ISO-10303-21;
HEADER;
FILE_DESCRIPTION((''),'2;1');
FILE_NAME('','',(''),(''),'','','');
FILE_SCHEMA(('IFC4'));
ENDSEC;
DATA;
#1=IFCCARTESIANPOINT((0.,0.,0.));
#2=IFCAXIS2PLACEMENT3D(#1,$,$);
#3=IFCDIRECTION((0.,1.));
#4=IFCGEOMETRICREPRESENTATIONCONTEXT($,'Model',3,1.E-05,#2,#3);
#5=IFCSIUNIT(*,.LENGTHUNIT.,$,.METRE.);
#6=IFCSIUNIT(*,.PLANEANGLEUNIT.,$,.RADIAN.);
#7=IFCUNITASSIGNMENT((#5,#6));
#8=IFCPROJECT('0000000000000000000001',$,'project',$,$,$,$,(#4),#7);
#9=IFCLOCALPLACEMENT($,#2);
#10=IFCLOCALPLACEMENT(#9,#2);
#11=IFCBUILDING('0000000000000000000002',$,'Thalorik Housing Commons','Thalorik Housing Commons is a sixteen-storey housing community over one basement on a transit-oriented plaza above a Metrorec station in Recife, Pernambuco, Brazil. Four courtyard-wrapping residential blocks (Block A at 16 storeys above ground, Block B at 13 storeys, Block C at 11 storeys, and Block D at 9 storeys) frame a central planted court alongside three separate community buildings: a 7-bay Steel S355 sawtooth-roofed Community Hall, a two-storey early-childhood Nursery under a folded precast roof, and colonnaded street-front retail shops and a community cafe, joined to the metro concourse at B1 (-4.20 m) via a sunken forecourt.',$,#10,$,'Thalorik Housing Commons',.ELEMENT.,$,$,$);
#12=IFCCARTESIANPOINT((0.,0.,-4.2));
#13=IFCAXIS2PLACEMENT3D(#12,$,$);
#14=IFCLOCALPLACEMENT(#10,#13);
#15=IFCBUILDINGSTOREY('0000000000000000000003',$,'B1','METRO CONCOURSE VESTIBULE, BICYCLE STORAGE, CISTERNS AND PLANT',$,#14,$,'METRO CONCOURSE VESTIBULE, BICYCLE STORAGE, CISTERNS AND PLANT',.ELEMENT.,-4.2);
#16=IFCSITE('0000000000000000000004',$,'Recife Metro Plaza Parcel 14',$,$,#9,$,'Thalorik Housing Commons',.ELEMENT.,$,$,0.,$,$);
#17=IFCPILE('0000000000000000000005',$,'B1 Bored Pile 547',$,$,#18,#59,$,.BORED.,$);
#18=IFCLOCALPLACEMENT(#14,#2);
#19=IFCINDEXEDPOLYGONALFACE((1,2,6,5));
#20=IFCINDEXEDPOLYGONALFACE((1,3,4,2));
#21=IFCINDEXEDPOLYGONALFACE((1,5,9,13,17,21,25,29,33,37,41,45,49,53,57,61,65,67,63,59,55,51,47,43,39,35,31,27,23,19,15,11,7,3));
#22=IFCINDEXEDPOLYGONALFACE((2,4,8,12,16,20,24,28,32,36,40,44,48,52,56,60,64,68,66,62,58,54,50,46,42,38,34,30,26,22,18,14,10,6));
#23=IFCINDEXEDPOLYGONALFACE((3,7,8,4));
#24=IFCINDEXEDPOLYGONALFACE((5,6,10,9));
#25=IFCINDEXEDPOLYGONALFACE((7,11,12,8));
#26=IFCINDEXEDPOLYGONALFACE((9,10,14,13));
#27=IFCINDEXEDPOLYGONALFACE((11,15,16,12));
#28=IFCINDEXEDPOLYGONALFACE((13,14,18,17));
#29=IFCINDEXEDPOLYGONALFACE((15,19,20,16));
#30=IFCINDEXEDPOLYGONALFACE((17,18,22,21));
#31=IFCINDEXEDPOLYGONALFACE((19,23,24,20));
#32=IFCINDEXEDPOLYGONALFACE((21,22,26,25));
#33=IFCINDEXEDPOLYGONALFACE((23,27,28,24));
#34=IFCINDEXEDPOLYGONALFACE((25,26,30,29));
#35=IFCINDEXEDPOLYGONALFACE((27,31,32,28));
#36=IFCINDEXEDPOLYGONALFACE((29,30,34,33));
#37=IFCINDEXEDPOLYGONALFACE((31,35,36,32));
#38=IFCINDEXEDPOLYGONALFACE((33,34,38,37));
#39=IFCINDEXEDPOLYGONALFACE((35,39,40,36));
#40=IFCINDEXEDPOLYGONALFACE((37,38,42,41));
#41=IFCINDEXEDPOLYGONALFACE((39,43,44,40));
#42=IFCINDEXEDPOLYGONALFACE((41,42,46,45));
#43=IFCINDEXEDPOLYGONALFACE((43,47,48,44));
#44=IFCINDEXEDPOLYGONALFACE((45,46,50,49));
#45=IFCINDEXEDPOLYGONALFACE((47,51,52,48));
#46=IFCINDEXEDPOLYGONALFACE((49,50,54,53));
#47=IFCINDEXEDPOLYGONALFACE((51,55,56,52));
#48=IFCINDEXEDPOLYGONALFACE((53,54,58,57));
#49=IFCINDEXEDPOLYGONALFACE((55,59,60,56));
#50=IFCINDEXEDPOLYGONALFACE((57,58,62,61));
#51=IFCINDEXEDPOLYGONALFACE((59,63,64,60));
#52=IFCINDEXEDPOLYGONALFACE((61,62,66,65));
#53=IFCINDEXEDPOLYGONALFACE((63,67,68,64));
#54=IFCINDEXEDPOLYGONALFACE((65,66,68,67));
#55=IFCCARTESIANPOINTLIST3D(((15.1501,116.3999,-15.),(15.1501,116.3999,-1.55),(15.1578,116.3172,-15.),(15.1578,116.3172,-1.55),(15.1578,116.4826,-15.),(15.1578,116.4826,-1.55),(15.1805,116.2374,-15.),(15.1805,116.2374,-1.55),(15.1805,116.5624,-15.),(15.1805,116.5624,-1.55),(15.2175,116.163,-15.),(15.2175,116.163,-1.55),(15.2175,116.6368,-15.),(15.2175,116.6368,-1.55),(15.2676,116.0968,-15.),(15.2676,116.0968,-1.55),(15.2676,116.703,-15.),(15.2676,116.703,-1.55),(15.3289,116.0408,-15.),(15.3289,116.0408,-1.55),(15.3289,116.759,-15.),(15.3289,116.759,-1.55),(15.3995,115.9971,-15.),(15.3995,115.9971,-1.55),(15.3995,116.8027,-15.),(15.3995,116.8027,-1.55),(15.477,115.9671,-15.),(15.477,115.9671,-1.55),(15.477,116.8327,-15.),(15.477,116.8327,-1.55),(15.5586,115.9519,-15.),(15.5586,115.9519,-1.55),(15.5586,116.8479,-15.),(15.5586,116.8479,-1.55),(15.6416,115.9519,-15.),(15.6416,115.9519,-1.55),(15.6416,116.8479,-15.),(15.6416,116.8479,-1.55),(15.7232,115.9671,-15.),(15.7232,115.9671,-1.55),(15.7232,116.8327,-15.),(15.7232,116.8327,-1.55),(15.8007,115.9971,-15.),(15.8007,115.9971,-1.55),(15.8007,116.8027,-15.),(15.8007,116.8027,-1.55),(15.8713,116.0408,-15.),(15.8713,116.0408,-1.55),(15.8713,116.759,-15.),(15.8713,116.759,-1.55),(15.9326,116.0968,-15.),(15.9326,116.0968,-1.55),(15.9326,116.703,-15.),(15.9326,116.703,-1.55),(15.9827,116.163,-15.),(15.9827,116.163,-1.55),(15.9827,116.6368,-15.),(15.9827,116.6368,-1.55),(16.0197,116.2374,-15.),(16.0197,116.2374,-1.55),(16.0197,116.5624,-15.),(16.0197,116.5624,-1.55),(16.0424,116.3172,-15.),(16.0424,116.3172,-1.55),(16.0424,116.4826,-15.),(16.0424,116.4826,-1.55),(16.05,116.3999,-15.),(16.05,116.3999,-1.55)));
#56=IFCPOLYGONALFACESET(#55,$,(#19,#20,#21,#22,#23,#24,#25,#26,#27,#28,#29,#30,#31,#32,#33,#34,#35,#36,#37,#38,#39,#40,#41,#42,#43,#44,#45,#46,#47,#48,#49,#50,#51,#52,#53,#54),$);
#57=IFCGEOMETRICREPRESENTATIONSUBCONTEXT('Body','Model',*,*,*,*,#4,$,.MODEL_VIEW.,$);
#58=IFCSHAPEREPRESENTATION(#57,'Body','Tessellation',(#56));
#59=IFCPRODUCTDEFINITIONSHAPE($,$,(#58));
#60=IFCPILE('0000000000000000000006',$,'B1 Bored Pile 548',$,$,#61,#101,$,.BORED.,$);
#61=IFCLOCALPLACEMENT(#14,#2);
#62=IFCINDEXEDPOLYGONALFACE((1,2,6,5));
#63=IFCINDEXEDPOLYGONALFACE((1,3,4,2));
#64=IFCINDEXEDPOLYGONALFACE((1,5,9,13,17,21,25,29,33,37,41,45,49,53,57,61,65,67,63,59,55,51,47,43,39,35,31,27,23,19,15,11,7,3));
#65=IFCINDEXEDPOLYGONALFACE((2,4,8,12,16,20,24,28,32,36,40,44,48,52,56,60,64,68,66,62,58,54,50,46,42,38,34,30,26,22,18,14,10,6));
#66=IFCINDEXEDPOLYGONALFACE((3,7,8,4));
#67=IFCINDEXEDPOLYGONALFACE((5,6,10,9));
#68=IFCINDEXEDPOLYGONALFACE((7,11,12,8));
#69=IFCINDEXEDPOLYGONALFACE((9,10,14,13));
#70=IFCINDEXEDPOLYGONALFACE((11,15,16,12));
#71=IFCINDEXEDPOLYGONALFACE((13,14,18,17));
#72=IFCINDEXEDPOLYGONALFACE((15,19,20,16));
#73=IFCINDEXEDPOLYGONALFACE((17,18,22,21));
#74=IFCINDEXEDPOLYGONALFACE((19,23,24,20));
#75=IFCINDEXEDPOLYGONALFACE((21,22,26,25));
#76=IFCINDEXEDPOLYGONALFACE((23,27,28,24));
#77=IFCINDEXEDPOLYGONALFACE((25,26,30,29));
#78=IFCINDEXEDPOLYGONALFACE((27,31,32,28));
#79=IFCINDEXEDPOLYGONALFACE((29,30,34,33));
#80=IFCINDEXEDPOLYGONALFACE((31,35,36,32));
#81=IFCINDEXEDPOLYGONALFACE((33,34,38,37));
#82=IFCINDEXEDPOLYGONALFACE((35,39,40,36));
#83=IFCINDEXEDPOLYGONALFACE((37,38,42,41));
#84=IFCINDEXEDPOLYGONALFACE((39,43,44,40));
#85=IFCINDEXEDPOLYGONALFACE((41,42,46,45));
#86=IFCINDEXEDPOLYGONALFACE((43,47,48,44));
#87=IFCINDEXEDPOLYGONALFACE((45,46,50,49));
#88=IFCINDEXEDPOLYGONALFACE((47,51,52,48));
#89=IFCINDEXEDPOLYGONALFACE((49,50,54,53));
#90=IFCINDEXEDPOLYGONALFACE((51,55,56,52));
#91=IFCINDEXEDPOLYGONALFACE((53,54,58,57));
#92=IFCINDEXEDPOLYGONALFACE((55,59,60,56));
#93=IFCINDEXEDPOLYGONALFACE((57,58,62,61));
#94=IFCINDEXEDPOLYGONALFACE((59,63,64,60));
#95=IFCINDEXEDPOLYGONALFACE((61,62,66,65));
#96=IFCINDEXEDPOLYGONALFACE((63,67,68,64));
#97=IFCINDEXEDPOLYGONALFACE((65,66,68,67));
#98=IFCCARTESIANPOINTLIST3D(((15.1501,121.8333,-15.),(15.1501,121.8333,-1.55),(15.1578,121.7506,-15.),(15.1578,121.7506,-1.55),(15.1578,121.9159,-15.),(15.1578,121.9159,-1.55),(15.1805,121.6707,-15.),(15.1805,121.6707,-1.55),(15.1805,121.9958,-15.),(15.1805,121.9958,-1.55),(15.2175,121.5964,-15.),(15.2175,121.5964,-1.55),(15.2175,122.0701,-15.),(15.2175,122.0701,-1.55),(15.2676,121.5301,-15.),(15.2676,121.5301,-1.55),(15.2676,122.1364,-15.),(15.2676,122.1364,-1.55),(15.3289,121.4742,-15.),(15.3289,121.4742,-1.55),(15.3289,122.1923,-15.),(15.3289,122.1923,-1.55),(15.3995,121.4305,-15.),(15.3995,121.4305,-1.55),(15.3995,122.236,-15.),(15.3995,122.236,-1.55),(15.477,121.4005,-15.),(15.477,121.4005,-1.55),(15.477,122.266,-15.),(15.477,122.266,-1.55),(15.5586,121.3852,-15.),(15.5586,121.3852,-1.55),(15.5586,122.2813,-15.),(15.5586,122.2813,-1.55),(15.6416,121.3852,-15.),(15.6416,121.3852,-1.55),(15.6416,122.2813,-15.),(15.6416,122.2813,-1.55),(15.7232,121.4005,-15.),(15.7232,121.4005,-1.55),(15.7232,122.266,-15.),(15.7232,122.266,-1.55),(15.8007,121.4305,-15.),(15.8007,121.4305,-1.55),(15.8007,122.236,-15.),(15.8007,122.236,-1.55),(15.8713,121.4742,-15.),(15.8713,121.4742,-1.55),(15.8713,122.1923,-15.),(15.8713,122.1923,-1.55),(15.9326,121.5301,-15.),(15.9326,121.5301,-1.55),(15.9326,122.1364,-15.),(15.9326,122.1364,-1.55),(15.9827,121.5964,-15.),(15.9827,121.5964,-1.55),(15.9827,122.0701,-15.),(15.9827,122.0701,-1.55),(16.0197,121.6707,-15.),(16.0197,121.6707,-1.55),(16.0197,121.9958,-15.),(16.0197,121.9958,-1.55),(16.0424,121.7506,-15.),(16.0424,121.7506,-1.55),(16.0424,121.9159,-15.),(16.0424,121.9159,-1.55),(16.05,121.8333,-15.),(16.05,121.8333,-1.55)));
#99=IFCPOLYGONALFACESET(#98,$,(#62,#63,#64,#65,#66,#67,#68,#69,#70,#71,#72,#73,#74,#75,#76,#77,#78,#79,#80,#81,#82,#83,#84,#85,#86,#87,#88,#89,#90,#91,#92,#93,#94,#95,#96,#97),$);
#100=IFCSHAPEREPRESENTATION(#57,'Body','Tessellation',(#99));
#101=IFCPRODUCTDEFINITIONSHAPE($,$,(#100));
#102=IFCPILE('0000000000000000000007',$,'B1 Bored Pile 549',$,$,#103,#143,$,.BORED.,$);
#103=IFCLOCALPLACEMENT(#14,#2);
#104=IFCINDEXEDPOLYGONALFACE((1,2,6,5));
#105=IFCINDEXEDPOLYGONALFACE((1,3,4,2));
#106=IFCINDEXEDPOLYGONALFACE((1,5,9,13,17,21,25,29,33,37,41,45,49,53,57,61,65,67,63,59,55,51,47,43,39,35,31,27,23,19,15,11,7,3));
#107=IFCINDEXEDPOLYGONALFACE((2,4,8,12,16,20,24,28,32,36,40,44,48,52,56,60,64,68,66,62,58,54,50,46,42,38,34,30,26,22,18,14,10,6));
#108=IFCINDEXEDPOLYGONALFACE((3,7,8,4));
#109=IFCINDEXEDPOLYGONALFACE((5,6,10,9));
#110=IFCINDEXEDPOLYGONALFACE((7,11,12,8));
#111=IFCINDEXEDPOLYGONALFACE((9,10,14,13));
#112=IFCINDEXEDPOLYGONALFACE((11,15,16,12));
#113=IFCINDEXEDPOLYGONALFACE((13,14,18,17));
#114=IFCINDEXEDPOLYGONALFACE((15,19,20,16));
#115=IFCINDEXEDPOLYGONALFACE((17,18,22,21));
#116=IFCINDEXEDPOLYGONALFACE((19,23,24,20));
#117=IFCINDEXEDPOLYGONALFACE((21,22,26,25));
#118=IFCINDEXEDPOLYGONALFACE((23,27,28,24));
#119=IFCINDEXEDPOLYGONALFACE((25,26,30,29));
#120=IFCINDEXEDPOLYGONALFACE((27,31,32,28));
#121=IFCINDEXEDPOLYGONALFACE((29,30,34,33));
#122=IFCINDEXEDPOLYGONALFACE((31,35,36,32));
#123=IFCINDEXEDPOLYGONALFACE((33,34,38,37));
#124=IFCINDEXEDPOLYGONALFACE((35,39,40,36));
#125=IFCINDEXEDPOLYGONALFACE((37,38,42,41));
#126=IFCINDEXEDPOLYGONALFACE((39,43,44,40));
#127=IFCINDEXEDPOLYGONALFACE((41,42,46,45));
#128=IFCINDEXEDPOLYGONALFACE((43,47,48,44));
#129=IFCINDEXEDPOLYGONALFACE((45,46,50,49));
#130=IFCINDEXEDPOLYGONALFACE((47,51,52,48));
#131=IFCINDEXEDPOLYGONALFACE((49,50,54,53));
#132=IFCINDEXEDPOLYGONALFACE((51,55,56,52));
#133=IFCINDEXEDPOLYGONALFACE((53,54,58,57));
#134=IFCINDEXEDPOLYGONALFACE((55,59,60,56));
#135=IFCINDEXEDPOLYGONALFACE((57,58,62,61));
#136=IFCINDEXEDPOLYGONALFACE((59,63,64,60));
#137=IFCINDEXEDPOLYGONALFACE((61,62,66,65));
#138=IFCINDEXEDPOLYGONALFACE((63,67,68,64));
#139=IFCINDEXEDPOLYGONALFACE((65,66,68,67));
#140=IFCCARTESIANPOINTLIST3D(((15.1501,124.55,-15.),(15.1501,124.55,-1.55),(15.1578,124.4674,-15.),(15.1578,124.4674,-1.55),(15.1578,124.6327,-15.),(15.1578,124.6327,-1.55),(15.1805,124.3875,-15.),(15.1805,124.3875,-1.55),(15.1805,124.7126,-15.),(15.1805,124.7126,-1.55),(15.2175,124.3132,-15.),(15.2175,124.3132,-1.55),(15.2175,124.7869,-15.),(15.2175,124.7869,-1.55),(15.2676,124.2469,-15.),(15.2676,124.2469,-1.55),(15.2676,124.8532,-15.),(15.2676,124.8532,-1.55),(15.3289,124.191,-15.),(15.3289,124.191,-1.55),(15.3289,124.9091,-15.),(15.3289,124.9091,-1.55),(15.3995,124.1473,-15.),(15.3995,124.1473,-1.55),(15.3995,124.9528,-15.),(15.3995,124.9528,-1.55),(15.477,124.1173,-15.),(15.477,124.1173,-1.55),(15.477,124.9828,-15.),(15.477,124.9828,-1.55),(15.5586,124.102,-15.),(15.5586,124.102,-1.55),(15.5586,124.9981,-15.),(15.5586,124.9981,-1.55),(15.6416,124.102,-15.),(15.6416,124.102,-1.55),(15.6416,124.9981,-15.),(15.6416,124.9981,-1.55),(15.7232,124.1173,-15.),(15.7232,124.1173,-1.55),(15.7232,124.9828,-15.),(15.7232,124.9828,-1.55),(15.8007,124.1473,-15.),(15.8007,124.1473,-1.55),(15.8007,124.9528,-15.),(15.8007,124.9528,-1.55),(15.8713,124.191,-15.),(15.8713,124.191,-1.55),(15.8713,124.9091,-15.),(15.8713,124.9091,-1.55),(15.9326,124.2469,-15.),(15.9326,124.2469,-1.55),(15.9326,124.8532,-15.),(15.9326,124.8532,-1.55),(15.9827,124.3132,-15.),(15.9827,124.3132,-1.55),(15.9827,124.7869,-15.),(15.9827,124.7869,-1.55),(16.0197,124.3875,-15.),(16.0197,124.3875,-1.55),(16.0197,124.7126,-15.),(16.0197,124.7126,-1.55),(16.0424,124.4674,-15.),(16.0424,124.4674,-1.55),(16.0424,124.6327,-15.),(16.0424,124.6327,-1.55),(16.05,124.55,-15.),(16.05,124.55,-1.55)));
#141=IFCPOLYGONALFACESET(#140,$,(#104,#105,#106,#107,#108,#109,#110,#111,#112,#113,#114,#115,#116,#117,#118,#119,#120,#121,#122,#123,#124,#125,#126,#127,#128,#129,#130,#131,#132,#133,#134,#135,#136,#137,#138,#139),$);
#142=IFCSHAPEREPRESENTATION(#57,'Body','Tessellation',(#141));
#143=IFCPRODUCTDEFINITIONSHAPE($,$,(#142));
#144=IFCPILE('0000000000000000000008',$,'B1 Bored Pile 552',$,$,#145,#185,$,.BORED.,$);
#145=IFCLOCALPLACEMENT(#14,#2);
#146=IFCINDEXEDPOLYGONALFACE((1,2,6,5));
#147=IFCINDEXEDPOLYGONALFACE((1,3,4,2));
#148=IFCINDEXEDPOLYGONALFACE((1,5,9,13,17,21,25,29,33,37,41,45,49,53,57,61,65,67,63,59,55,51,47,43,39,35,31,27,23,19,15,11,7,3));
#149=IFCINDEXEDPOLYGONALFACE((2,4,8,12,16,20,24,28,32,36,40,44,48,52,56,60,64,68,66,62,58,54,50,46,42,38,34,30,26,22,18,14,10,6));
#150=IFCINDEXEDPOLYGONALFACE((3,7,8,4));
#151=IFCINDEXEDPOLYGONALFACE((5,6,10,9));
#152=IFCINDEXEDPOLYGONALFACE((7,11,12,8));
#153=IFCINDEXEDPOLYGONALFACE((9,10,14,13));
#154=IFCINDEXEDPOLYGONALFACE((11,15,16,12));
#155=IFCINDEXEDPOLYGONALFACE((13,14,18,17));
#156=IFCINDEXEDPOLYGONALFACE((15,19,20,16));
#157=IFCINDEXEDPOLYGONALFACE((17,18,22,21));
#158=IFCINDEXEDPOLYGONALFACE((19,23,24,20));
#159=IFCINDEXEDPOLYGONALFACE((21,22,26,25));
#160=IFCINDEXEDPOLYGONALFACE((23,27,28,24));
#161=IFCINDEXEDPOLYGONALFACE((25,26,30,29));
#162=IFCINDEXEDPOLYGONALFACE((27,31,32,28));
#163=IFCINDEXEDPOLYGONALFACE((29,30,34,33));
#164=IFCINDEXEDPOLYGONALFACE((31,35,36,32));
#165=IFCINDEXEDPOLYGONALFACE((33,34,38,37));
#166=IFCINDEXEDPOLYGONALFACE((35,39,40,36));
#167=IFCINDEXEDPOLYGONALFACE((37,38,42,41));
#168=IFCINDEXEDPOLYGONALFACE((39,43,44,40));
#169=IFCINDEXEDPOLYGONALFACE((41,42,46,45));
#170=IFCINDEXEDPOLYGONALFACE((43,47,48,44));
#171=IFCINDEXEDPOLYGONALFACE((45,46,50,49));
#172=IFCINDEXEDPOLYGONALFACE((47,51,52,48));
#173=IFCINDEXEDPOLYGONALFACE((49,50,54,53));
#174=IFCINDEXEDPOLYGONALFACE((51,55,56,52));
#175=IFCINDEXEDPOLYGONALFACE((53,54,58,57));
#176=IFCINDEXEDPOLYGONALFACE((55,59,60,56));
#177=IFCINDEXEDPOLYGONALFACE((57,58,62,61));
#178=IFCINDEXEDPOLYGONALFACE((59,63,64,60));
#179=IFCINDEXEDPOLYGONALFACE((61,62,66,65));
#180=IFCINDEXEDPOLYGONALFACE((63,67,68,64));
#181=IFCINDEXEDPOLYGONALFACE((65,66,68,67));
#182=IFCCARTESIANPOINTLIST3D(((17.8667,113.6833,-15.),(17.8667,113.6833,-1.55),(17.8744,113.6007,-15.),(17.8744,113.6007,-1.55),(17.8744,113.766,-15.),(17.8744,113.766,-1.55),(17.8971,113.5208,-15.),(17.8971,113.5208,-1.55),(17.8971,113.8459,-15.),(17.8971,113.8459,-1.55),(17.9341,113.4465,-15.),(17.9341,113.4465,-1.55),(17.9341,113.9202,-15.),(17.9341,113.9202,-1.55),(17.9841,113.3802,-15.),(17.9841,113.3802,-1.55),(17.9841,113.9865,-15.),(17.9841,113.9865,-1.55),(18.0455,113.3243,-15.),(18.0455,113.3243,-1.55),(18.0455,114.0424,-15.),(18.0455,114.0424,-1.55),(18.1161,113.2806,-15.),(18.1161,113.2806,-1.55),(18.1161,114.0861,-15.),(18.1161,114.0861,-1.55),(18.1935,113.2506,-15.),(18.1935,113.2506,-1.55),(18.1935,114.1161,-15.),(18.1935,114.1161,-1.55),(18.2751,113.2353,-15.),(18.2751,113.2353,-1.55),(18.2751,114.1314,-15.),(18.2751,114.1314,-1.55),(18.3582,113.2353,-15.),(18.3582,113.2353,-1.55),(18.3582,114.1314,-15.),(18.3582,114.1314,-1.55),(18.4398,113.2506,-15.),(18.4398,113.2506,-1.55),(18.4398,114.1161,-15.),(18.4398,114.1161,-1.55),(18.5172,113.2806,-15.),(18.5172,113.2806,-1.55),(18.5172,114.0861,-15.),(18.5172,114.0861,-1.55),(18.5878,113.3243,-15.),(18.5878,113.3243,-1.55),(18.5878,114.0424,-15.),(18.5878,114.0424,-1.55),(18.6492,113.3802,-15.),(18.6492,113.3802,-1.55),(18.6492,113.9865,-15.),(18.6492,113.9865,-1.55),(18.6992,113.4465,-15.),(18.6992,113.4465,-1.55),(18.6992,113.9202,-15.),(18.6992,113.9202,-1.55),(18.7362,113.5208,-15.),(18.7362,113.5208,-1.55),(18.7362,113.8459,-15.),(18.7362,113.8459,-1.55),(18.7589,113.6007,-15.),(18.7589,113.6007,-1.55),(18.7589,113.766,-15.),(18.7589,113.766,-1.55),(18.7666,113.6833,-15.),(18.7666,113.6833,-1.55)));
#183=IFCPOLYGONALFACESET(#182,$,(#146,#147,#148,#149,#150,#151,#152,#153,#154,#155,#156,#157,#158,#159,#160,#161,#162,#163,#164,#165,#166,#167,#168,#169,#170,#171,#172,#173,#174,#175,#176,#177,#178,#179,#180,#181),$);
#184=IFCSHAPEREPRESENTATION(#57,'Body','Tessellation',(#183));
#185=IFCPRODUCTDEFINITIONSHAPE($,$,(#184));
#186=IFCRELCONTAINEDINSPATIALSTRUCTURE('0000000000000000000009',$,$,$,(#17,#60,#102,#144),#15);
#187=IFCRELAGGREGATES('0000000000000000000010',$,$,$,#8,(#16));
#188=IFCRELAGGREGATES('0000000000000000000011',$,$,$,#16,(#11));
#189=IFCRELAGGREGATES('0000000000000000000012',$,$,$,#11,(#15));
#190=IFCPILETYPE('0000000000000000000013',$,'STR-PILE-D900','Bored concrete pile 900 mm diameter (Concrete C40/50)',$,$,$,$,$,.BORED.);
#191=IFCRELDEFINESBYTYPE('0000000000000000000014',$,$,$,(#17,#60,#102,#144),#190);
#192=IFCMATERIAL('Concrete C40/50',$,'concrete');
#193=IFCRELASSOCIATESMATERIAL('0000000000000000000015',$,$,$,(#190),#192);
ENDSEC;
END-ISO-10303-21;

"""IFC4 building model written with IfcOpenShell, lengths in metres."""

from ifc_helpers import new_model, si_unit, direction, frame, origin, origin_2d, place, context, subcontext, project, spatial, circle, extrude, material, material_profile, profile_set, type_object, element, save


model = new_model("IFC4")

# Units and contexts
model_context = context("Model", 3, precision=1e-05, world=origin(), true_north=direction((0.0, 1.0)))
body_context = subcontext(model_context, "Body", "Model", "MODEL_VIEW")
ifc_project = project(units=[si_unit("LENGTHUNIT", "METRE"), si_unit("PLANEANGLEUNIT", "RADIAN")], contexts=[model_context])

# Site, building, storey
site_placement = place(None, origin())
site = spatial("IfcSite", under=ifc_project, at=site_placement, Name="Recife Metro Plaza Parcel 14", LongName="Thalorik Housing Commons", CompositionType="ELEMENT", RefElevation=0.0)
building_placement = place(site_placement, origin())
building = spatial("IfcBuilding", under=site, at=building_placement, Name="Thalorik Housing Commons", Description="Thalorik Housing Commons is a sixteen-storey housing community over one basement on a transit-oriented plaza above a Metrorec station in Recife, Pernambuco, Brazil. Four courtyard-wrapping residential blocks (Block A at 16 storeys above ground, Block B at 13 storeys, Block C at 11 storeys, and Block D at 9 storeys) frame a central planted court alongside three separate community buildings: a 7-bay Steel S355 sawtooth-roofed Community Hall, a two-storey early-childhood Nursery under a folded precast roof, and colonnaded street-front retail shops and a community cafe, joined to the metro concourse at B1 (-4.20 m) via a sunken forecourt.", LongName="Thalorik Housing Commons", CompositionType="ELEMENT")
storey_placement = place(building_placement, frame((0.0, 0.0, -4.2)))
storey = spatial("IfcBuildingStorey", under=building, at=storey_placement, Name="B1", Description="METRO CONCOURSE VESTIBULE, BICYCLE STORAGE, CISTERNS AND PLANT", LongName="METRO CONCOURSE VESTIBULE, BICYCLE STORAGE, CISTERNS AND PLANT", CompositionType="ELEMENT", Elevation=-4.2)

# Shared definitions
ifc_material_1 = material(Name="Concrete C40/50", Category="concrete")

# Piles
ifc_material_profile_1 = material_profile(ifc_material_1, circle(Radius=0.45, at=origin_2d()), Name="BORED PILE D900", Category="concrete")
ifc_profile_set_1 = profile_set([ifc_material_profile_1], Name="Concrete C40/50")
pile_type = type_object("IfcPileType", Name="STR-PILE-D900", Description="Bored concrete pile 900 mm diameter (Concrete C40/50)", PredefinedType="BORED", material=ifc_profile_set_1)
for number, where, z_axis, x_axis, name in (
    (1, (15.6001, 116.3999, -1.55), (0.0, 0.0, -1.0), (1.0, 0.0, 0.0), "B1 Bored Pile 547"),
    (2, (15.6001, 121.8333, -1.55), (0.0, 0.0, -1.0), (1.0, 0.0, 0.0), "B1 Bored Pile 548"),
    (3, (15.6001, 124.55, -1.55), (0.0, 0.0, -1.0), (1.0, 0.0, 0.0), "B1 Bored Pile 549"),
    (4, (18.3167, 113.6833, -1.55), (0.0, 0.0, -1.0), (1.0, 0.0, 0.0), "B1 Bored Pile 552"),
):
    element("IfcPile", number, at=place(storey_placement, frame(where, z_axis=z_axis, x_axis=x_axis)), inside=storey, type_object=pile_type, Name=name, PredefinedType="BORED", context=body_context, shape_type="SweptSolid", body=[
        extrude(circle(Radius=0.45, at=origin_2d()), origin(), (0.0, 0.0, 1.0), 13.45),
    ])

save(model, "model.ifc")
